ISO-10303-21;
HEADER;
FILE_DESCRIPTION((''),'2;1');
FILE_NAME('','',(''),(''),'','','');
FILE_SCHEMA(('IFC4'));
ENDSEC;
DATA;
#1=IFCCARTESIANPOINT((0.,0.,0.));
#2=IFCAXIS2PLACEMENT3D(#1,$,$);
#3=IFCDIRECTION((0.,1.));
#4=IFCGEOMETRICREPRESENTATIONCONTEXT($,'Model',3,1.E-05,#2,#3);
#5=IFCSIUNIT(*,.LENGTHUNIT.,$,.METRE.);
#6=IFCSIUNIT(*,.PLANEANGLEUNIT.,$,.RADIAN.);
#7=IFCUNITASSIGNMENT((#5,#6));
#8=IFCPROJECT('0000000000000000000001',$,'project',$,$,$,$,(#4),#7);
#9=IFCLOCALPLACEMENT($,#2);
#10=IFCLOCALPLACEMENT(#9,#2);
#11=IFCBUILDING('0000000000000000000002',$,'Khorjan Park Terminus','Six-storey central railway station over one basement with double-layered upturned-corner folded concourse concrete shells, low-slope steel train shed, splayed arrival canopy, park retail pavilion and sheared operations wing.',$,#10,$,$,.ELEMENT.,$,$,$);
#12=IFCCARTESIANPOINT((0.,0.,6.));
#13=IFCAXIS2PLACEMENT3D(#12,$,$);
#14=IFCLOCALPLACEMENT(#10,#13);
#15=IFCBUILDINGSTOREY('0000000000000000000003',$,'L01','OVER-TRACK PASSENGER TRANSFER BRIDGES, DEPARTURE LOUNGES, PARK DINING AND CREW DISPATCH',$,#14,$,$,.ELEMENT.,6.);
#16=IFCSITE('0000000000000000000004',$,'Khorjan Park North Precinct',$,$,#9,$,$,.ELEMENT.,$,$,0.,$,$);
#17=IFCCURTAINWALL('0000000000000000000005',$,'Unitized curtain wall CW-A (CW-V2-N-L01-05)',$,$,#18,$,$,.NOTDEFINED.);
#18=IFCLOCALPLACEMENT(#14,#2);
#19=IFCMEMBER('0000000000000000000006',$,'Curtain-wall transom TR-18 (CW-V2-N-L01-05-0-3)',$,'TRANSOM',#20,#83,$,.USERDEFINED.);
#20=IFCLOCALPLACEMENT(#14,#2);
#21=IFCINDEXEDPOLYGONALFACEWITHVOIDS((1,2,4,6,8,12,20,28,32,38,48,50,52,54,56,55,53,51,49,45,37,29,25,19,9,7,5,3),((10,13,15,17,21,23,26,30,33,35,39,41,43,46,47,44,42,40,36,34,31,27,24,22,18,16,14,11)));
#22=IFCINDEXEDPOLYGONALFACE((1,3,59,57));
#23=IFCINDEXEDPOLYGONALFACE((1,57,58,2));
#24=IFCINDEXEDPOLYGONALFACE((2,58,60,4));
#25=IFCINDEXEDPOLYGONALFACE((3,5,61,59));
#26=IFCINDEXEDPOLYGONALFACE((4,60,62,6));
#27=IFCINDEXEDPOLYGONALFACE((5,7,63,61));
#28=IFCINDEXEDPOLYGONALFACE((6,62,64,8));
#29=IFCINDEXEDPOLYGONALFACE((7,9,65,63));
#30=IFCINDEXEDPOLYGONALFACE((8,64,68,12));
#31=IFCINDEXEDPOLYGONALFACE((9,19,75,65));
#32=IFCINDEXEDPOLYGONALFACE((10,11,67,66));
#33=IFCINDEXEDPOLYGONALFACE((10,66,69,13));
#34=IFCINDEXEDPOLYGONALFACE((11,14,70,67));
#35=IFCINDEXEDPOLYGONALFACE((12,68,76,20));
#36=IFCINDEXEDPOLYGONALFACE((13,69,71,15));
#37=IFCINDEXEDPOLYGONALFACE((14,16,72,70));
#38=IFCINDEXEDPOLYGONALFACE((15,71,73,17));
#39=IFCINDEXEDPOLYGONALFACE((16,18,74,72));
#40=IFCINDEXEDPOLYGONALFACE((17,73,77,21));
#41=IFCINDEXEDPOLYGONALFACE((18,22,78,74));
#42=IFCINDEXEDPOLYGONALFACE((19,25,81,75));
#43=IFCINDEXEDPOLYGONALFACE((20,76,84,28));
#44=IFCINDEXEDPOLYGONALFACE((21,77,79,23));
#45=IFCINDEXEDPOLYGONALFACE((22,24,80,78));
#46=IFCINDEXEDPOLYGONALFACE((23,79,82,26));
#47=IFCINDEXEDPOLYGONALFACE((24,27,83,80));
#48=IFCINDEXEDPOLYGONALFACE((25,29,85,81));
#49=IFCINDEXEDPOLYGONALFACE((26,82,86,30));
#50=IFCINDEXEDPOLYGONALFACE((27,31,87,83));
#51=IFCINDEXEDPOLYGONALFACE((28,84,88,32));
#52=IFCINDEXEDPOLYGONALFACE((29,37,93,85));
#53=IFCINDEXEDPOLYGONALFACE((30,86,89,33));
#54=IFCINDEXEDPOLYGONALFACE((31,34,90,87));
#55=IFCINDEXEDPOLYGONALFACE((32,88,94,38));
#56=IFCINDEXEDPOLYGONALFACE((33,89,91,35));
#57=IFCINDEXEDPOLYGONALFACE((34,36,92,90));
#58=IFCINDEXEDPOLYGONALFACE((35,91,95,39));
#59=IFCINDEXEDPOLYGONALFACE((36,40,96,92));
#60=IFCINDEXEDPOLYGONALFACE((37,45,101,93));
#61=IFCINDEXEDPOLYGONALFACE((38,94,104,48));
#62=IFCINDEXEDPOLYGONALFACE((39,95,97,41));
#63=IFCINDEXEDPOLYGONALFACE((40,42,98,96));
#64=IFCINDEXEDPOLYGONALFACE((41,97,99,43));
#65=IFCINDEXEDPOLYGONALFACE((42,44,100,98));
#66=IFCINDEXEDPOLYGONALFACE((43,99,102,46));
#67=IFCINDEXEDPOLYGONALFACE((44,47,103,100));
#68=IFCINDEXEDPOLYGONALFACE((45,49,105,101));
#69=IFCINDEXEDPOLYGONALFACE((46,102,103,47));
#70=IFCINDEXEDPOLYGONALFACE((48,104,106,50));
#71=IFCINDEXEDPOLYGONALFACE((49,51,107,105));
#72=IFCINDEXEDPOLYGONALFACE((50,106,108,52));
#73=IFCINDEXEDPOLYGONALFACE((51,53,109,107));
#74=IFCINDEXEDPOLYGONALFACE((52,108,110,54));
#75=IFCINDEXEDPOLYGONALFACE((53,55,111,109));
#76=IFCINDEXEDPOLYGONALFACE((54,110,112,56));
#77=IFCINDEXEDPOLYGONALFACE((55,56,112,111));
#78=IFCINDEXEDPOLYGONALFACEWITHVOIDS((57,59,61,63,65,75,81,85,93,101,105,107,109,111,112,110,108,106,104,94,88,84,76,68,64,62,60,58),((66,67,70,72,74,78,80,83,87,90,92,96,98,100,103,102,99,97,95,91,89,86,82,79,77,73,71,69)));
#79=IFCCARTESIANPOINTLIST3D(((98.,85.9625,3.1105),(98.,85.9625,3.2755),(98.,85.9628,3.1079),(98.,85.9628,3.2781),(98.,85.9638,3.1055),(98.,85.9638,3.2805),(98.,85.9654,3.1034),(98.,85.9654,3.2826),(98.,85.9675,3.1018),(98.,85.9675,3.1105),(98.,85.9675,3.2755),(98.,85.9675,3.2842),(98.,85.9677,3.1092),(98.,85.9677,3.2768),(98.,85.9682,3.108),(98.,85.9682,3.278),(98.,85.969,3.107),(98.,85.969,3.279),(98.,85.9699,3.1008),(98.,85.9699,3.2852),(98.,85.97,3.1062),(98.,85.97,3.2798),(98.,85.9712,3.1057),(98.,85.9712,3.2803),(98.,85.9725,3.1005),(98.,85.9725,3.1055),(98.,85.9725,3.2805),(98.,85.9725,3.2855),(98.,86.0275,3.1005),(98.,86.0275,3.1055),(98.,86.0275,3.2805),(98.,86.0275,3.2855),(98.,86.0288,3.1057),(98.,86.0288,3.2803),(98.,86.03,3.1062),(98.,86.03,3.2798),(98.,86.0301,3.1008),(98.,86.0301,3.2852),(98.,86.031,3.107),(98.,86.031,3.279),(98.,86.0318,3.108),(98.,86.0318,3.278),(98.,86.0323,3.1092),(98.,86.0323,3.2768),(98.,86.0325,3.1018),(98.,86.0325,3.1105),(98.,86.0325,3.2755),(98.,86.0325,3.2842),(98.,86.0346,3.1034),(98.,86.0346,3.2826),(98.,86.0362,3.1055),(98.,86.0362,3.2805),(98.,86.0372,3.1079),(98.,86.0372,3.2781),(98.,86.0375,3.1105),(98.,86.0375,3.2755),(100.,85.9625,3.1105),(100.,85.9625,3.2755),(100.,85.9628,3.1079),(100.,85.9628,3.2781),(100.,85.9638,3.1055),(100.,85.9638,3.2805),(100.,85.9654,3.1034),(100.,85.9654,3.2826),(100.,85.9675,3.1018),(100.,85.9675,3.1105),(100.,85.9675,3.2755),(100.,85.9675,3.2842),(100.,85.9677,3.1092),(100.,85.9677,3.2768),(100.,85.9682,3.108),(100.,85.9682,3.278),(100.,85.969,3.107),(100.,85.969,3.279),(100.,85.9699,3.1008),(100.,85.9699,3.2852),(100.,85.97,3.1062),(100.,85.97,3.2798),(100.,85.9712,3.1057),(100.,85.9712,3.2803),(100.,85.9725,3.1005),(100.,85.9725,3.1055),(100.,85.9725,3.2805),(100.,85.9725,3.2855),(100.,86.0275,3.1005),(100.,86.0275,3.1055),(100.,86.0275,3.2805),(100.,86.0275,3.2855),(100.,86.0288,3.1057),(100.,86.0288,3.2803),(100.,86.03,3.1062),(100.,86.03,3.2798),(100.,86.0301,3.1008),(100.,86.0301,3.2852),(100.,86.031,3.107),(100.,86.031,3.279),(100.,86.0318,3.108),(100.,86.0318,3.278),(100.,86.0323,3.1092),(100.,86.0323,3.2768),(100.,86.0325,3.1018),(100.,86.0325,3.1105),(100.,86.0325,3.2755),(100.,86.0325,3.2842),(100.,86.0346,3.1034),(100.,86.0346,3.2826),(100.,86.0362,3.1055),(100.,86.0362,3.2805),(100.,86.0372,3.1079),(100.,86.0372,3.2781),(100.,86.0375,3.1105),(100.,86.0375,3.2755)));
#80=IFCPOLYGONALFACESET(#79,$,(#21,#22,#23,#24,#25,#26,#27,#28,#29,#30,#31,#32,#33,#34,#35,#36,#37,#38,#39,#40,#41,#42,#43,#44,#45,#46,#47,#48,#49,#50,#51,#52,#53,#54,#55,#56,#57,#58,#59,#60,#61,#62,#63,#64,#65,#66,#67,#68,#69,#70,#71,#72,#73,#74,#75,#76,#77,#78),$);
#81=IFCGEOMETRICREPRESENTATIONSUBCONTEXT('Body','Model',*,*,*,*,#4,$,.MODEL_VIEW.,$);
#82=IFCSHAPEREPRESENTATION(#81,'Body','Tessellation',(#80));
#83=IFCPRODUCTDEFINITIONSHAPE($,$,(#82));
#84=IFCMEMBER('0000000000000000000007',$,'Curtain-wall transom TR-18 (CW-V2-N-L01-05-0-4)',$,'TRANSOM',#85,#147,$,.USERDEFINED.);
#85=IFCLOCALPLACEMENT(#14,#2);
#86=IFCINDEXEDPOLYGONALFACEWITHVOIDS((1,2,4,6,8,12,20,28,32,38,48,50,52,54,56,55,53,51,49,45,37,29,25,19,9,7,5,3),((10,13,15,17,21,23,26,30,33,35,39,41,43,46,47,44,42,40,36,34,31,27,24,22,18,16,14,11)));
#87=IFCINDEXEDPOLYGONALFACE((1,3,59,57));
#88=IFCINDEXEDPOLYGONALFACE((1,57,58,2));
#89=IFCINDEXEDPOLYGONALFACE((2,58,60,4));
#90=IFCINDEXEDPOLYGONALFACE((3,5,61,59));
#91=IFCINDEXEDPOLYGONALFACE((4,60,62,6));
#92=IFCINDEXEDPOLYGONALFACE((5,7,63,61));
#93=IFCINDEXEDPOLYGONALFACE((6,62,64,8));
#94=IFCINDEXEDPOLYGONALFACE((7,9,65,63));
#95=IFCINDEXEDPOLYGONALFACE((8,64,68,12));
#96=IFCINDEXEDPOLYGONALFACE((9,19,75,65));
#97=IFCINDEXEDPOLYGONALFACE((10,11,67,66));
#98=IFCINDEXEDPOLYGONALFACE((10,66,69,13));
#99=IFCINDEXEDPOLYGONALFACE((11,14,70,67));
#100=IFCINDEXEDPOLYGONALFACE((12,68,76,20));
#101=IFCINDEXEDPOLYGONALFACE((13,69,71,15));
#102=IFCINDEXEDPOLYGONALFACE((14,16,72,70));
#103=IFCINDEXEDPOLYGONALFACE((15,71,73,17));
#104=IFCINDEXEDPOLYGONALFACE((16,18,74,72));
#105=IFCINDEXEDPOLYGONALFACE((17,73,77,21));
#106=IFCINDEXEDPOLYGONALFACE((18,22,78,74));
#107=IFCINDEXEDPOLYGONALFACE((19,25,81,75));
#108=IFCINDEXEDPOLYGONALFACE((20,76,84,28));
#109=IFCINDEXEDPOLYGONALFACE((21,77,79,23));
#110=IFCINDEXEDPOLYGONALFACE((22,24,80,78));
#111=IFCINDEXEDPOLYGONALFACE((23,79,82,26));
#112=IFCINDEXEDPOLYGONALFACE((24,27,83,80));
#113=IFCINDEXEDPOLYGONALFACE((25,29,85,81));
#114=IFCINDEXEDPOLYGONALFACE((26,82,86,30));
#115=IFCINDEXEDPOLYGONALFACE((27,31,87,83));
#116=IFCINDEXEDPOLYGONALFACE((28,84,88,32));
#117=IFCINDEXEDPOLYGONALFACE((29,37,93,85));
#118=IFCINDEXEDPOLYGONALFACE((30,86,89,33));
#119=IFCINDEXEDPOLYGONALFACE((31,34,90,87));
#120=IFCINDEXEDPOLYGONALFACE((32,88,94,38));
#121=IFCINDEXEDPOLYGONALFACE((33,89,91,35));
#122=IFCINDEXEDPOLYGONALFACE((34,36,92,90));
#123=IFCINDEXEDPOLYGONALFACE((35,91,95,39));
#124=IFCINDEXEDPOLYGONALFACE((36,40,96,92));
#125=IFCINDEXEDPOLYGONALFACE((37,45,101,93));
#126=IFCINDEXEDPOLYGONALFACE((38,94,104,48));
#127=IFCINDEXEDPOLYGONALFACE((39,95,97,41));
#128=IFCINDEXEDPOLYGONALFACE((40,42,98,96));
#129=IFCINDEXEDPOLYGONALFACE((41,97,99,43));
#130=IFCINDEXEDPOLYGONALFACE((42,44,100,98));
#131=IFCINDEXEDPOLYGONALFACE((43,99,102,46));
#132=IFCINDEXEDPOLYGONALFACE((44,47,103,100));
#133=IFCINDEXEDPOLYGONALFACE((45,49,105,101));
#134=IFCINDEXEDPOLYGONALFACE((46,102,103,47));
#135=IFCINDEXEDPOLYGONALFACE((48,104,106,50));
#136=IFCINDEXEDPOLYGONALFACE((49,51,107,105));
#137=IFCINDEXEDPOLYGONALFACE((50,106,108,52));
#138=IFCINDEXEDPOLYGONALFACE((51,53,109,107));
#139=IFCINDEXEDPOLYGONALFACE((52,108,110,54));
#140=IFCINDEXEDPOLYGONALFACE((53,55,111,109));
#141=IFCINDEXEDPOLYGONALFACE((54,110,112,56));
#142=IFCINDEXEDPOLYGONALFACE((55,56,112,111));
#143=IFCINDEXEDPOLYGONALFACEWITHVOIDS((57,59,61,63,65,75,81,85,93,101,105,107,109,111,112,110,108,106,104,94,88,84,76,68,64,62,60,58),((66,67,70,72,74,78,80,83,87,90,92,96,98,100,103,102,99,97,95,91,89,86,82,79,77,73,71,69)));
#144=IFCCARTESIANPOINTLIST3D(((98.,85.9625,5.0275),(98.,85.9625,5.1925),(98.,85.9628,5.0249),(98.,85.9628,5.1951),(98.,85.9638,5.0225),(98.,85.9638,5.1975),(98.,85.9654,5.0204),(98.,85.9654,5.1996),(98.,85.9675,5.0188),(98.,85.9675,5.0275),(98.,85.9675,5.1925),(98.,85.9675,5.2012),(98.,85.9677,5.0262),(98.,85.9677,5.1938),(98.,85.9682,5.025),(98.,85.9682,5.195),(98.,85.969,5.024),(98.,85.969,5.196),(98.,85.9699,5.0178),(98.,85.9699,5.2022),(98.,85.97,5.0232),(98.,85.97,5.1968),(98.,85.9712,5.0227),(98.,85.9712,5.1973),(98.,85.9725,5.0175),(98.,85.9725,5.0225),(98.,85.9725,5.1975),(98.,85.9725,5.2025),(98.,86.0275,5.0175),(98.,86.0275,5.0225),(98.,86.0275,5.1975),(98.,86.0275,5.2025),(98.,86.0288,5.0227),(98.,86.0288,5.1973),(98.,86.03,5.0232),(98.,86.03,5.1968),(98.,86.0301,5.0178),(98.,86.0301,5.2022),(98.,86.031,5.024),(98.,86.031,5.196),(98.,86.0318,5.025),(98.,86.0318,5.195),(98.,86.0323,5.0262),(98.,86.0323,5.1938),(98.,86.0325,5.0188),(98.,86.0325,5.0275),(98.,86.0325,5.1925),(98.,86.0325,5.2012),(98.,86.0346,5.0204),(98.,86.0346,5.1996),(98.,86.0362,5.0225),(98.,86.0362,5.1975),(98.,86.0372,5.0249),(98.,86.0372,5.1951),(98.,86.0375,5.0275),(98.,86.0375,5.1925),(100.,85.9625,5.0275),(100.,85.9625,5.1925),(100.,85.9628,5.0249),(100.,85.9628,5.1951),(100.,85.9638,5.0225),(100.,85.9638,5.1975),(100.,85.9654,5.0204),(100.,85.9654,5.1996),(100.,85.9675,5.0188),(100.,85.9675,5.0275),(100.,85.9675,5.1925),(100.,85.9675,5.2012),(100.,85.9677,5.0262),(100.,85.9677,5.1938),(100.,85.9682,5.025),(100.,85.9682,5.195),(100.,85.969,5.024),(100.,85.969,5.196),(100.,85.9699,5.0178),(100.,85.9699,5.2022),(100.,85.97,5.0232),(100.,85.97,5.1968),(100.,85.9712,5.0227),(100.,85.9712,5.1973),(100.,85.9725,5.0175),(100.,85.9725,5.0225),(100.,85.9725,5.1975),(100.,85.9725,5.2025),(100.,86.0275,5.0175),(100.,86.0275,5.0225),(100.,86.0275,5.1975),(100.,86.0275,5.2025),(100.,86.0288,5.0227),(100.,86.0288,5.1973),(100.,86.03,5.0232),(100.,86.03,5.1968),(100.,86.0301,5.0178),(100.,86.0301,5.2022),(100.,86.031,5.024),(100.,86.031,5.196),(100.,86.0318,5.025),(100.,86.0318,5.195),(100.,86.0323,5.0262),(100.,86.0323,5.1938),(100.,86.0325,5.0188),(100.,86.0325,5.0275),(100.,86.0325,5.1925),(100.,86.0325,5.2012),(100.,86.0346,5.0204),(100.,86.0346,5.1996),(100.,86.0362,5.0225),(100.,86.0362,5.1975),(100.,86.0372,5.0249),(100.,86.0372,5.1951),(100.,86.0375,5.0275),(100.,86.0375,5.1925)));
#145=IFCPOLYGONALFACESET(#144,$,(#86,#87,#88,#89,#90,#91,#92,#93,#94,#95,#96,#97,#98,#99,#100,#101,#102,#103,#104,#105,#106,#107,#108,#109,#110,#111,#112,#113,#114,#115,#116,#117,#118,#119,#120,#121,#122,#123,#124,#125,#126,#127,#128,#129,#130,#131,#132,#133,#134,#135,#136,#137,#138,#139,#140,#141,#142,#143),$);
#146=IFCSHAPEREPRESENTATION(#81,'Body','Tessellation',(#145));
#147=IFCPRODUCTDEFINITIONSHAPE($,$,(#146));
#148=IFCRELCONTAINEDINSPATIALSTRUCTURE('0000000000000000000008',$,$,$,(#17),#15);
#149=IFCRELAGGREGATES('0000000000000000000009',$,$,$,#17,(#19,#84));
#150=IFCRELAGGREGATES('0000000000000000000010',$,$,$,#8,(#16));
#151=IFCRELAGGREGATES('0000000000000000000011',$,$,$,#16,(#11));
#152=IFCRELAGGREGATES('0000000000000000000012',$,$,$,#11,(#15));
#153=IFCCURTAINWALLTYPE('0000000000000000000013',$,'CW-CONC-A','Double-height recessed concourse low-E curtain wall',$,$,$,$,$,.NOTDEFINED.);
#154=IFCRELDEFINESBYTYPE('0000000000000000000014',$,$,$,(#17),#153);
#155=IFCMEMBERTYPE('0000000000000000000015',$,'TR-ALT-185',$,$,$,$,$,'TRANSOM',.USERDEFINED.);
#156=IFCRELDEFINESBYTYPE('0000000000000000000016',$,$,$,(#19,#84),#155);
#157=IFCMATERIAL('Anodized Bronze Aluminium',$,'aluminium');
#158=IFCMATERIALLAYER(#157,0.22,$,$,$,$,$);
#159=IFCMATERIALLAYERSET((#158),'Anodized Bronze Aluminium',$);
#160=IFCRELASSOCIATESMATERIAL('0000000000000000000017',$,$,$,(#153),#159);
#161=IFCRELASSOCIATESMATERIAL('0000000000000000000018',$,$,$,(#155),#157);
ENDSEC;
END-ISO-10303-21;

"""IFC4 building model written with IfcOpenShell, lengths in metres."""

from ifc_helpers import new_model, si_unit, direction, frame, origin, origin_2d, place, context, subcontext, project, spatial, hollow_rectangle, extrude, material, layer, layer_set, material_profile, profile_set, type_object, element, aggregate, save


model = new_model("IFC4")

# Units and contexts
model_context = context("Model", 3, precision=1e-05, world=origin(), true_north=direction((0.0, 1.0)))
body_context = subcontext(model_context, "Body", "Model", "MODEL_VIEW")
ifc_project = project(units=[si_unit("LENGTHUNIT", "METRE"), si_unit("PLANEANGLEUNIT", "RADIAN")], contexts=[model_context])

# Site, building, storey
site_placement = place(None, origin())
site = spatial("IfcSite", under=ifc_project, at=site_placement, Name="Khorjan Park North Precinct", CompositionType="ELEMENT", RefElevation=0.0)
building_placement = place(site_placement, origin())
building = spatial("IfcBuilding", under=site, at=building_placement, Name="Khorjan Park Terminus", Description="Six-storey central railway station over one basement with double-layered upturned-corner folded concourse concrete shells, low-slope steel train shed, splayed arrival canopy, park retail pavilion and sheared operations wing.", CompositionType="ELEMENT")
storey_placement = place(building_placement, frame((0.0, 0.0, 6.0)))
storey = spatial("IfcBuildingStorey", under=building, at=storey_placement, Name="L01", Description="OVER-TRACK PASSENGER TRANSFER BRIDGES, DEPARTURE LOUNGES, PARK DINING AND CREW DISPATCH", CompositionType="ELEMENT", Elevation=6.0)

# Curtain wall
ifc_material_1 = material(Name="Anodized Bronze Aluminium", Category="aluminium")
ifc_layer_1 = layer(ifc_material_1, 0.22)
ifc_layer_set_1 = layer_set([ifc_layer_1], Name="Anodized Bronze Aluminium")
curtain_wall_type = type_object("IfcCurtainWallType", Name="CW-CONC-A", Description="Double-height recessed concourse low-E curtain wall", PredefinedType="NOTDEFINED", material=ifc_layer_set_1)
curtain_wall_1_placement = place(storey_placement, origin())
curtain_wall_1 = element("IfcCurtainWall", 1, at=curtain_wall_1_placement, inside=storey, type_object=curtain_wall_type, Name="Unitized curtain wall CW-A (CW-V2-N-L01-05)", PredefinedType="NOTDEFINED")

# Members
ifc_material_profile_1 = material_profile(ifc_material_1, hollow_rectangle(XDim=0.075, YDim=0.185, WallThickness=0.005, InnerFilletRadius=0.005, OuterFilletRadius=0.01, at=origin_2d()), Name="ALT 75x185x5")
ifc_profile_set_1 = profile_set([ifc_material_profile_1], Name="Anodized Bronze Aluminium")
member_type_1 = type_object("IfcMemberType", Name="TR-ALT-185", ElementType="TRANSOM", PredefinedType="USERDEFINED", material=ifc_profile_set_1)
member_1_placement = place(storey_placement, frame((100.0, 86.0, 3.193), z_axis=(-1.0, 0.0, 0.0), x_axis=(0.0, -1.0, 0.0)))
member_1 = element("IfcMember", 2, at=member_1_placement, type_object=member_type_1, Name="Curtain-wall transom TR-18 (CW-V2-N-L01-05-0-3)", ObjectType="TRANSOM", PredefinedType="USERDEFINED", context=body_context, shape_type="SweptSolid", body=[
    extrude(hollow_rectangle(XDim=0.075, YDim=0.185, WallThickness=0.005, InnerFilletRadius=0.005, OuterFilletRadius=0.01, at=origin_2d()), origin(), (0.0, 0.0, 1.0), 2.0),
])
member_2_placement = place(storey_placement, frame((100.0, 86.0, 5.11), z_axis=(-1.0, 0.0, 0.0), x_axis=(0.0, -1.0, 0.0)))
member_2 = element("IfcMember", 3, at=member_2_placement, type_object=member_type_1, Name="Curtain-wall transom TR-18 (CW-V2-N-L01-05-0-4)", ObjectType="TRANSOM", PredefinedType="USERDEFINED", context=body_context, shape_type="SweptSolid", body=[
    extrude(hollow_rectangle(XDim=0.075, YDim=0.185, WallThickness=0.005, InnerFilletRadius=0.005, OuterFilletRadius=0.01, at=origin_2d()), origin(), (0.0, 0.0, 1.0), 2.0),
])

aggregate(curtain_wall_1, [member_1, member_2])

save(model, "model.ifc")
